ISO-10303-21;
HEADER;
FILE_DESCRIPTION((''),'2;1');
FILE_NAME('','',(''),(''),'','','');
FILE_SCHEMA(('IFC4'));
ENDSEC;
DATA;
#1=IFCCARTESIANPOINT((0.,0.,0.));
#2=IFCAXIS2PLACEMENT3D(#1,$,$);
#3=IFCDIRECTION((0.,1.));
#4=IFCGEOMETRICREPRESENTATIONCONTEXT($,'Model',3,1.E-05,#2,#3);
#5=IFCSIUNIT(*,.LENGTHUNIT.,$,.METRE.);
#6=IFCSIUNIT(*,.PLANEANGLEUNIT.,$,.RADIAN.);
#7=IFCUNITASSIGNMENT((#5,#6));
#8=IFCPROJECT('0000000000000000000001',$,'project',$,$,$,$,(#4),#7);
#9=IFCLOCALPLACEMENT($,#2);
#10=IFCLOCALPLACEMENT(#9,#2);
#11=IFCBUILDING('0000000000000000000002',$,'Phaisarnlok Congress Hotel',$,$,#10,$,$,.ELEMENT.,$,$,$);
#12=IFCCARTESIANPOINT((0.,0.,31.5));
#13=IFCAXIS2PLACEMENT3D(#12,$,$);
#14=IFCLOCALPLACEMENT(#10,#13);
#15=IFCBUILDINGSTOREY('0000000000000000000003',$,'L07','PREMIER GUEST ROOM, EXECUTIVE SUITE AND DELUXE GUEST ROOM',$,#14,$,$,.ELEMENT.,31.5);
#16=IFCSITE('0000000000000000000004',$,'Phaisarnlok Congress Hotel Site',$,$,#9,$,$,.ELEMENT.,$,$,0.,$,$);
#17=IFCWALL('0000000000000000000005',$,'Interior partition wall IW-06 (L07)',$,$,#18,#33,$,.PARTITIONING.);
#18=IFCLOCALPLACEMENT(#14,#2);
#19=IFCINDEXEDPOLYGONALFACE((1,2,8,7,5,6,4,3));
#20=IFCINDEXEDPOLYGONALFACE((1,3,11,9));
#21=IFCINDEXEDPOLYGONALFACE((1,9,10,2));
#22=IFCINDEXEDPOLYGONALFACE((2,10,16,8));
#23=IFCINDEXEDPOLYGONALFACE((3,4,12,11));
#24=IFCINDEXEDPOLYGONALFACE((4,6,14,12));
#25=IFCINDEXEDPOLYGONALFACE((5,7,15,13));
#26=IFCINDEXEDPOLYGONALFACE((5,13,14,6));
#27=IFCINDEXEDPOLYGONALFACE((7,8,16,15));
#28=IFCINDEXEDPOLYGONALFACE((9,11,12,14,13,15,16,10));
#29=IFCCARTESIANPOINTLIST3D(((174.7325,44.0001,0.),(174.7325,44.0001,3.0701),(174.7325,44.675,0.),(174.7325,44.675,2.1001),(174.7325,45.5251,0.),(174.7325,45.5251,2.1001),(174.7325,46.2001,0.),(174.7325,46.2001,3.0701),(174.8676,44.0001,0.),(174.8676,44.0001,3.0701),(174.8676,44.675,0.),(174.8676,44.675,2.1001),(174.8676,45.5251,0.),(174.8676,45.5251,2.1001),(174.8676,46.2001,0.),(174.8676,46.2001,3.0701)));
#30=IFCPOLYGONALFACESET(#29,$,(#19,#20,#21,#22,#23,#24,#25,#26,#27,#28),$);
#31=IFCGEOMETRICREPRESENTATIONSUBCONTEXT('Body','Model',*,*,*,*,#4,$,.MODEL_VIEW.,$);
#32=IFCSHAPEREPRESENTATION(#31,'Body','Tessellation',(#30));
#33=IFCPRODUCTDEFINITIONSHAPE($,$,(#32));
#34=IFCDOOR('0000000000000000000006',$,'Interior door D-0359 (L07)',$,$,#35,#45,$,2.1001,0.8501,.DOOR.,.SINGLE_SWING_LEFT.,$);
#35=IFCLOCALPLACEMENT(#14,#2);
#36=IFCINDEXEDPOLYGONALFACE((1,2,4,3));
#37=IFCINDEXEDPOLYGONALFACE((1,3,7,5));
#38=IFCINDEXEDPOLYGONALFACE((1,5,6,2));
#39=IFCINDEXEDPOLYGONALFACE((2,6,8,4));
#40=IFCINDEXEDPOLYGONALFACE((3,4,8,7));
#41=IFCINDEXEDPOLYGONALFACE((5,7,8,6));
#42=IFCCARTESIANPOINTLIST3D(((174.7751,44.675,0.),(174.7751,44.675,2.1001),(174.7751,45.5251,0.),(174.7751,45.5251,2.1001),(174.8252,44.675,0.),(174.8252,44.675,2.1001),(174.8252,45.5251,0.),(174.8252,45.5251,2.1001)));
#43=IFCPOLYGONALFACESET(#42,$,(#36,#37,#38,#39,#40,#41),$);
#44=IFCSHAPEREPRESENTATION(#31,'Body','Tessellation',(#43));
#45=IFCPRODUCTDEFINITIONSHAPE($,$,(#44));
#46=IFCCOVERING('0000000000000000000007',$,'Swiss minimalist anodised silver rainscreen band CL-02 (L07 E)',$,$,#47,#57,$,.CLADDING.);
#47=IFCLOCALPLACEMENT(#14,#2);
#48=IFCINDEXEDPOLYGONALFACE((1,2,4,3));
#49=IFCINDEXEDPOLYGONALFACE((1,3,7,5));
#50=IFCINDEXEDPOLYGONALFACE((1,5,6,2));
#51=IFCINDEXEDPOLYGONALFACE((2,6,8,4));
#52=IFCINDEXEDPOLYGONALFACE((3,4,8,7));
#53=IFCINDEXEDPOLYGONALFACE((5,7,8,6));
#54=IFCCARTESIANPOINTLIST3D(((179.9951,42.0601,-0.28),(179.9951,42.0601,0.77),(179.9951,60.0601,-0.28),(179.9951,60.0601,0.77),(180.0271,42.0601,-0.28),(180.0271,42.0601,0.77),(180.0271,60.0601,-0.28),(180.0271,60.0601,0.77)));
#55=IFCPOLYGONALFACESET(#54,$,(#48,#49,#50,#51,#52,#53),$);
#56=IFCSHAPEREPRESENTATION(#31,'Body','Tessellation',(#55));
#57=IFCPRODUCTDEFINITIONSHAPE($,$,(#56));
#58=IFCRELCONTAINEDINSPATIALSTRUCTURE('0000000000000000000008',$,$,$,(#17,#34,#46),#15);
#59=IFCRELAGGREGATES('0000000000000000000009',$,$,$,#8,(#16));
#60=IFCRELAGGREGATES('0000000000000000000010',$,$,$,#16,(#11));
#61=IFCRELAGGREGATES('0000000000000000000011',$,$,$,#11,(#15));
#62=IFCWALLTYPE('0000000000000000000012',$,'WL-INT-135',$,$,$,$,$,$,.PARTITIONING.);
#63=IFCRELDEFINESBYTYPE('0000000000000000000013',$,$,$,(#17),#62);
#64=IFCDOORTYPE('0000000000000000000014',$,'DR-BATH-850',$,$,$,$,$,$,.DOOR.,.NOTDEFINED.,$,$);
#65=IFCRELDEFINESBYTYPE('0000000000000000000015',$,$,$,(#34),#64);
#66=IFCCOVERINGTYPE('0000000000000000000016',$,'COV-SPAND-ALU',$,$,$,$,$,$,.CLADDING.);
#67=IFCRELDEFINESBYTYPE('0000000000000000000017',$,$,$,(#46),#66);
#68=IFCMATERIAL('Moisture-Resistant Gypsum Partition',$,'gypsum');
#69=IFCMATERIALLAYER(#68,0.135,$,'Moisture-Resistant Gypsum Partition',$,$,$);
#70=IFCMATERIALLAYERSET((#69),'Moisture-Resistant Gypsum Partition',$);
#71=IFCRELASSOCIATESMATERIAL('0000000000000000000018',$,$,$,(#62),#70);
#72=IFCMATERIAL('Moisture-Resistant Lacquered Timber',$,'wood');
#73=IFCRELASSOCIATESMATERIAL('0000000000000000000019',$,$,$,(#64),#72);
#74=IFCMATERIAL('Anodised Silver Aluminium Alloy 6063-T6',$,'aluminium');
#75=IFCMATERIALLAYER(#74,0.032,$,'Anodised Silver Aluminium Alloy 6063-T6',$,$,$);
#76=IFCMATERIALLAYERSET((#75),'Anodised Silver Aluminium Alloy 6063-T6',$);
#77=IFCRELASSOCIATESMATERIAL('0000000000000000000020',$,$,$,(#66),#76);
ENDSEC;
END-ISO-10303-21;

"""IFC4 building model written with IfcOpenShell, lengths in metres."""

from ifc_helpers import new_model, si_unit, direction, frame, frame_2d, origin, place, context, subcontext, project, spatial, polyline, rectangle, outline, extrude, material, layer, layer_set, type_object, element, fill, save


model = new_model("IFC4")

# Units and contexts
model_context = context("Model", 3, precision=1e-05, world=origin(), true_north=direction((0.0, 1.0)))
body_context = subcontext(model_context, "Body", "Model", "MODEL_VIEW")
ifc_project = project(units=[si_unit("LENGTHUNIT", "METRE"), si_unit("PLANEANGLEUNIT", "RADIAN")], contexts=[model_context])

# Site, building, storey
site_placement = place(None, origin())
site = spatial("IfcSite", under=ifc_project, at=site_placement, Name="Phaisarnlok Congress Hotel Site", CompositionType="ELEMENT", RefElevation=0.0)
building_placement = place(site_placement, origin())
building = spatial("IfcBuilding", under=site, at=building_placement, Name="Phaisarnlok Congress Hotel", CompositionType="ELEMENT")
storey_placement = place(building_placement, frame((0.0, 0.0, 31.5)))
storey = spatial("IfcBuildingStorey", under=building, at=storey_placement, Name="L07", Description="PREMIER GUEST ROOM, EXECUTIVE SUITE AND DELUXE GUEST ROOM", CompositionType="ELEMENT", Elevation=31.5)

# Wall, opening, door
ifc_material_1 = material(Name="Moisture-Resistant Gypsum Partition", Category="gypsum")
ifc_layer_1 = layer(ifc_material_1, 0.135, Name="Moisture-Resistant Gypsum Partition")
ifc_layer_set_1 = layer_set([ifc_layer_1], Name="Moisture-Resistant Gypsum Partition")
wall_type_1 = type_object("IfcWallType", Name="WL-INT-135", PredefinedType="PARTITIONING", material=ifc_layer_set_1)
wall_1_placement = place(storey_placement, frame((174.8, 44.0, 0.0), z_axis=(0.0, 0.0, 1.0), x_axis=(0.0, 1.0, 0.0)))
wall_1 = element("IfcWall", 1, at=wall_1_placement, inside=storey, type_object=wall_type_1, Name="Interior partition wall IW-06 (L07)", PredefinedType="PARTITIONING", context=body_context, shape_type="SweptSolid", body=[
    extrude(rectangle(XDim=2.2, YDim=0.135, at=frame_2d((1.1001, 0.0))), origin(), (0.0, 0.0, 1.0), 3.0701),
])
opening_1_placement = place(wall_1_placement, frame((0.675, 0.0, 0.0)))
opening_1 = element("IfcOpeningElement", 2, at=opening_1_placement, cuts=wall_1, PredefinedType="OPENING", context=body_context, shape_type="SweptSolid", body=[
    extrude(rectangle(XDim=0.8501, YDim=2.1001, at=frame_2d((0.425, 1.05))), frame((0.0, 0.0776, 0.0), z_axis=(0.0, -1.0, 0.0), x_axis=(1.0, 0.0, 0.0)), (0.0, 0.0, 1.0), 0.155),
])
ifc_material_2 = material(Name="Moisture-Resistant Lacquered Timber", Category="wood")
door_type = type_object("IfcDoorType", Name="DR-BATH-850", OperationType="NOTDEFINED", PredefinedType="DOOR", material=ifc_material_2)
door_placement = place(opening_1_placement, origin())
door = element("IfcDoor", 3, at=door_placement, inside=storey, type_object=door_type, Name="Interior door D-0359 (L07)", OperationType="SINGLE_SWING_LEFT", OverallHeight=2.1001, OverallWidth=0.8501, PredefinedType="DOOR", context=body_context, shape_type="SweptSolid", body=[
    extrude(rectangle(XDim=0.8501, YDim=2.1001, at=frame_2d((0.425, 1.05))), frame((0.0, 0.0249, 0.0), z_axis=(0.0, -1.0, 0.0), x_axis=(1.0, 0.0, 0.0)), (0.0, 0.0, 1.0), 0.05),
])
fill(opening_1, door)

# Covering
ifc_material_3 = material(Name="Anodised Silver Aluminium Alloy 6063-T6", Category="aluminium")
ifc_layer_2 = layer(ifc_material_3, 0.032, Name="Anodised Silver Aluminium Alloy 6063-T6")
ifc_layer_set_2 = layer_set([ifc_layer_2], Name="Anodised Silver Aluminium Alloy 6063-T6")
covering_type = type_object("IfcCoveringType", Name="COV-SPAND-ALU", PredefinedType="CLADDING", material=ifc_layer_set_2)
covering_placement = place(storey_placement, frame((179.9951, 42.0601, -0.28), z_axis=(1.0, 0.0, 0.0), x_axis=(0.0, 1.0, 0.0)))
element("IfcCovering", 4, at=covering_placement, inside=storey, type_object=covering_type, Name="Swiss minimalist anodised silver rainscreen band CL-02 (L07 E)", PredefinedType="CLADDING", context=body_context, shape_type="SweptSolid", body=[
    extrude(outline(polyline([(0.0, 0.0), (18.0, 0.0), (18.0, 1.05), (0.0, 1.05), (0.0, 0.0)])), origin(), (0.0, 0.0, 1.0), 0.032),
])

save(model, "model.ifc")
